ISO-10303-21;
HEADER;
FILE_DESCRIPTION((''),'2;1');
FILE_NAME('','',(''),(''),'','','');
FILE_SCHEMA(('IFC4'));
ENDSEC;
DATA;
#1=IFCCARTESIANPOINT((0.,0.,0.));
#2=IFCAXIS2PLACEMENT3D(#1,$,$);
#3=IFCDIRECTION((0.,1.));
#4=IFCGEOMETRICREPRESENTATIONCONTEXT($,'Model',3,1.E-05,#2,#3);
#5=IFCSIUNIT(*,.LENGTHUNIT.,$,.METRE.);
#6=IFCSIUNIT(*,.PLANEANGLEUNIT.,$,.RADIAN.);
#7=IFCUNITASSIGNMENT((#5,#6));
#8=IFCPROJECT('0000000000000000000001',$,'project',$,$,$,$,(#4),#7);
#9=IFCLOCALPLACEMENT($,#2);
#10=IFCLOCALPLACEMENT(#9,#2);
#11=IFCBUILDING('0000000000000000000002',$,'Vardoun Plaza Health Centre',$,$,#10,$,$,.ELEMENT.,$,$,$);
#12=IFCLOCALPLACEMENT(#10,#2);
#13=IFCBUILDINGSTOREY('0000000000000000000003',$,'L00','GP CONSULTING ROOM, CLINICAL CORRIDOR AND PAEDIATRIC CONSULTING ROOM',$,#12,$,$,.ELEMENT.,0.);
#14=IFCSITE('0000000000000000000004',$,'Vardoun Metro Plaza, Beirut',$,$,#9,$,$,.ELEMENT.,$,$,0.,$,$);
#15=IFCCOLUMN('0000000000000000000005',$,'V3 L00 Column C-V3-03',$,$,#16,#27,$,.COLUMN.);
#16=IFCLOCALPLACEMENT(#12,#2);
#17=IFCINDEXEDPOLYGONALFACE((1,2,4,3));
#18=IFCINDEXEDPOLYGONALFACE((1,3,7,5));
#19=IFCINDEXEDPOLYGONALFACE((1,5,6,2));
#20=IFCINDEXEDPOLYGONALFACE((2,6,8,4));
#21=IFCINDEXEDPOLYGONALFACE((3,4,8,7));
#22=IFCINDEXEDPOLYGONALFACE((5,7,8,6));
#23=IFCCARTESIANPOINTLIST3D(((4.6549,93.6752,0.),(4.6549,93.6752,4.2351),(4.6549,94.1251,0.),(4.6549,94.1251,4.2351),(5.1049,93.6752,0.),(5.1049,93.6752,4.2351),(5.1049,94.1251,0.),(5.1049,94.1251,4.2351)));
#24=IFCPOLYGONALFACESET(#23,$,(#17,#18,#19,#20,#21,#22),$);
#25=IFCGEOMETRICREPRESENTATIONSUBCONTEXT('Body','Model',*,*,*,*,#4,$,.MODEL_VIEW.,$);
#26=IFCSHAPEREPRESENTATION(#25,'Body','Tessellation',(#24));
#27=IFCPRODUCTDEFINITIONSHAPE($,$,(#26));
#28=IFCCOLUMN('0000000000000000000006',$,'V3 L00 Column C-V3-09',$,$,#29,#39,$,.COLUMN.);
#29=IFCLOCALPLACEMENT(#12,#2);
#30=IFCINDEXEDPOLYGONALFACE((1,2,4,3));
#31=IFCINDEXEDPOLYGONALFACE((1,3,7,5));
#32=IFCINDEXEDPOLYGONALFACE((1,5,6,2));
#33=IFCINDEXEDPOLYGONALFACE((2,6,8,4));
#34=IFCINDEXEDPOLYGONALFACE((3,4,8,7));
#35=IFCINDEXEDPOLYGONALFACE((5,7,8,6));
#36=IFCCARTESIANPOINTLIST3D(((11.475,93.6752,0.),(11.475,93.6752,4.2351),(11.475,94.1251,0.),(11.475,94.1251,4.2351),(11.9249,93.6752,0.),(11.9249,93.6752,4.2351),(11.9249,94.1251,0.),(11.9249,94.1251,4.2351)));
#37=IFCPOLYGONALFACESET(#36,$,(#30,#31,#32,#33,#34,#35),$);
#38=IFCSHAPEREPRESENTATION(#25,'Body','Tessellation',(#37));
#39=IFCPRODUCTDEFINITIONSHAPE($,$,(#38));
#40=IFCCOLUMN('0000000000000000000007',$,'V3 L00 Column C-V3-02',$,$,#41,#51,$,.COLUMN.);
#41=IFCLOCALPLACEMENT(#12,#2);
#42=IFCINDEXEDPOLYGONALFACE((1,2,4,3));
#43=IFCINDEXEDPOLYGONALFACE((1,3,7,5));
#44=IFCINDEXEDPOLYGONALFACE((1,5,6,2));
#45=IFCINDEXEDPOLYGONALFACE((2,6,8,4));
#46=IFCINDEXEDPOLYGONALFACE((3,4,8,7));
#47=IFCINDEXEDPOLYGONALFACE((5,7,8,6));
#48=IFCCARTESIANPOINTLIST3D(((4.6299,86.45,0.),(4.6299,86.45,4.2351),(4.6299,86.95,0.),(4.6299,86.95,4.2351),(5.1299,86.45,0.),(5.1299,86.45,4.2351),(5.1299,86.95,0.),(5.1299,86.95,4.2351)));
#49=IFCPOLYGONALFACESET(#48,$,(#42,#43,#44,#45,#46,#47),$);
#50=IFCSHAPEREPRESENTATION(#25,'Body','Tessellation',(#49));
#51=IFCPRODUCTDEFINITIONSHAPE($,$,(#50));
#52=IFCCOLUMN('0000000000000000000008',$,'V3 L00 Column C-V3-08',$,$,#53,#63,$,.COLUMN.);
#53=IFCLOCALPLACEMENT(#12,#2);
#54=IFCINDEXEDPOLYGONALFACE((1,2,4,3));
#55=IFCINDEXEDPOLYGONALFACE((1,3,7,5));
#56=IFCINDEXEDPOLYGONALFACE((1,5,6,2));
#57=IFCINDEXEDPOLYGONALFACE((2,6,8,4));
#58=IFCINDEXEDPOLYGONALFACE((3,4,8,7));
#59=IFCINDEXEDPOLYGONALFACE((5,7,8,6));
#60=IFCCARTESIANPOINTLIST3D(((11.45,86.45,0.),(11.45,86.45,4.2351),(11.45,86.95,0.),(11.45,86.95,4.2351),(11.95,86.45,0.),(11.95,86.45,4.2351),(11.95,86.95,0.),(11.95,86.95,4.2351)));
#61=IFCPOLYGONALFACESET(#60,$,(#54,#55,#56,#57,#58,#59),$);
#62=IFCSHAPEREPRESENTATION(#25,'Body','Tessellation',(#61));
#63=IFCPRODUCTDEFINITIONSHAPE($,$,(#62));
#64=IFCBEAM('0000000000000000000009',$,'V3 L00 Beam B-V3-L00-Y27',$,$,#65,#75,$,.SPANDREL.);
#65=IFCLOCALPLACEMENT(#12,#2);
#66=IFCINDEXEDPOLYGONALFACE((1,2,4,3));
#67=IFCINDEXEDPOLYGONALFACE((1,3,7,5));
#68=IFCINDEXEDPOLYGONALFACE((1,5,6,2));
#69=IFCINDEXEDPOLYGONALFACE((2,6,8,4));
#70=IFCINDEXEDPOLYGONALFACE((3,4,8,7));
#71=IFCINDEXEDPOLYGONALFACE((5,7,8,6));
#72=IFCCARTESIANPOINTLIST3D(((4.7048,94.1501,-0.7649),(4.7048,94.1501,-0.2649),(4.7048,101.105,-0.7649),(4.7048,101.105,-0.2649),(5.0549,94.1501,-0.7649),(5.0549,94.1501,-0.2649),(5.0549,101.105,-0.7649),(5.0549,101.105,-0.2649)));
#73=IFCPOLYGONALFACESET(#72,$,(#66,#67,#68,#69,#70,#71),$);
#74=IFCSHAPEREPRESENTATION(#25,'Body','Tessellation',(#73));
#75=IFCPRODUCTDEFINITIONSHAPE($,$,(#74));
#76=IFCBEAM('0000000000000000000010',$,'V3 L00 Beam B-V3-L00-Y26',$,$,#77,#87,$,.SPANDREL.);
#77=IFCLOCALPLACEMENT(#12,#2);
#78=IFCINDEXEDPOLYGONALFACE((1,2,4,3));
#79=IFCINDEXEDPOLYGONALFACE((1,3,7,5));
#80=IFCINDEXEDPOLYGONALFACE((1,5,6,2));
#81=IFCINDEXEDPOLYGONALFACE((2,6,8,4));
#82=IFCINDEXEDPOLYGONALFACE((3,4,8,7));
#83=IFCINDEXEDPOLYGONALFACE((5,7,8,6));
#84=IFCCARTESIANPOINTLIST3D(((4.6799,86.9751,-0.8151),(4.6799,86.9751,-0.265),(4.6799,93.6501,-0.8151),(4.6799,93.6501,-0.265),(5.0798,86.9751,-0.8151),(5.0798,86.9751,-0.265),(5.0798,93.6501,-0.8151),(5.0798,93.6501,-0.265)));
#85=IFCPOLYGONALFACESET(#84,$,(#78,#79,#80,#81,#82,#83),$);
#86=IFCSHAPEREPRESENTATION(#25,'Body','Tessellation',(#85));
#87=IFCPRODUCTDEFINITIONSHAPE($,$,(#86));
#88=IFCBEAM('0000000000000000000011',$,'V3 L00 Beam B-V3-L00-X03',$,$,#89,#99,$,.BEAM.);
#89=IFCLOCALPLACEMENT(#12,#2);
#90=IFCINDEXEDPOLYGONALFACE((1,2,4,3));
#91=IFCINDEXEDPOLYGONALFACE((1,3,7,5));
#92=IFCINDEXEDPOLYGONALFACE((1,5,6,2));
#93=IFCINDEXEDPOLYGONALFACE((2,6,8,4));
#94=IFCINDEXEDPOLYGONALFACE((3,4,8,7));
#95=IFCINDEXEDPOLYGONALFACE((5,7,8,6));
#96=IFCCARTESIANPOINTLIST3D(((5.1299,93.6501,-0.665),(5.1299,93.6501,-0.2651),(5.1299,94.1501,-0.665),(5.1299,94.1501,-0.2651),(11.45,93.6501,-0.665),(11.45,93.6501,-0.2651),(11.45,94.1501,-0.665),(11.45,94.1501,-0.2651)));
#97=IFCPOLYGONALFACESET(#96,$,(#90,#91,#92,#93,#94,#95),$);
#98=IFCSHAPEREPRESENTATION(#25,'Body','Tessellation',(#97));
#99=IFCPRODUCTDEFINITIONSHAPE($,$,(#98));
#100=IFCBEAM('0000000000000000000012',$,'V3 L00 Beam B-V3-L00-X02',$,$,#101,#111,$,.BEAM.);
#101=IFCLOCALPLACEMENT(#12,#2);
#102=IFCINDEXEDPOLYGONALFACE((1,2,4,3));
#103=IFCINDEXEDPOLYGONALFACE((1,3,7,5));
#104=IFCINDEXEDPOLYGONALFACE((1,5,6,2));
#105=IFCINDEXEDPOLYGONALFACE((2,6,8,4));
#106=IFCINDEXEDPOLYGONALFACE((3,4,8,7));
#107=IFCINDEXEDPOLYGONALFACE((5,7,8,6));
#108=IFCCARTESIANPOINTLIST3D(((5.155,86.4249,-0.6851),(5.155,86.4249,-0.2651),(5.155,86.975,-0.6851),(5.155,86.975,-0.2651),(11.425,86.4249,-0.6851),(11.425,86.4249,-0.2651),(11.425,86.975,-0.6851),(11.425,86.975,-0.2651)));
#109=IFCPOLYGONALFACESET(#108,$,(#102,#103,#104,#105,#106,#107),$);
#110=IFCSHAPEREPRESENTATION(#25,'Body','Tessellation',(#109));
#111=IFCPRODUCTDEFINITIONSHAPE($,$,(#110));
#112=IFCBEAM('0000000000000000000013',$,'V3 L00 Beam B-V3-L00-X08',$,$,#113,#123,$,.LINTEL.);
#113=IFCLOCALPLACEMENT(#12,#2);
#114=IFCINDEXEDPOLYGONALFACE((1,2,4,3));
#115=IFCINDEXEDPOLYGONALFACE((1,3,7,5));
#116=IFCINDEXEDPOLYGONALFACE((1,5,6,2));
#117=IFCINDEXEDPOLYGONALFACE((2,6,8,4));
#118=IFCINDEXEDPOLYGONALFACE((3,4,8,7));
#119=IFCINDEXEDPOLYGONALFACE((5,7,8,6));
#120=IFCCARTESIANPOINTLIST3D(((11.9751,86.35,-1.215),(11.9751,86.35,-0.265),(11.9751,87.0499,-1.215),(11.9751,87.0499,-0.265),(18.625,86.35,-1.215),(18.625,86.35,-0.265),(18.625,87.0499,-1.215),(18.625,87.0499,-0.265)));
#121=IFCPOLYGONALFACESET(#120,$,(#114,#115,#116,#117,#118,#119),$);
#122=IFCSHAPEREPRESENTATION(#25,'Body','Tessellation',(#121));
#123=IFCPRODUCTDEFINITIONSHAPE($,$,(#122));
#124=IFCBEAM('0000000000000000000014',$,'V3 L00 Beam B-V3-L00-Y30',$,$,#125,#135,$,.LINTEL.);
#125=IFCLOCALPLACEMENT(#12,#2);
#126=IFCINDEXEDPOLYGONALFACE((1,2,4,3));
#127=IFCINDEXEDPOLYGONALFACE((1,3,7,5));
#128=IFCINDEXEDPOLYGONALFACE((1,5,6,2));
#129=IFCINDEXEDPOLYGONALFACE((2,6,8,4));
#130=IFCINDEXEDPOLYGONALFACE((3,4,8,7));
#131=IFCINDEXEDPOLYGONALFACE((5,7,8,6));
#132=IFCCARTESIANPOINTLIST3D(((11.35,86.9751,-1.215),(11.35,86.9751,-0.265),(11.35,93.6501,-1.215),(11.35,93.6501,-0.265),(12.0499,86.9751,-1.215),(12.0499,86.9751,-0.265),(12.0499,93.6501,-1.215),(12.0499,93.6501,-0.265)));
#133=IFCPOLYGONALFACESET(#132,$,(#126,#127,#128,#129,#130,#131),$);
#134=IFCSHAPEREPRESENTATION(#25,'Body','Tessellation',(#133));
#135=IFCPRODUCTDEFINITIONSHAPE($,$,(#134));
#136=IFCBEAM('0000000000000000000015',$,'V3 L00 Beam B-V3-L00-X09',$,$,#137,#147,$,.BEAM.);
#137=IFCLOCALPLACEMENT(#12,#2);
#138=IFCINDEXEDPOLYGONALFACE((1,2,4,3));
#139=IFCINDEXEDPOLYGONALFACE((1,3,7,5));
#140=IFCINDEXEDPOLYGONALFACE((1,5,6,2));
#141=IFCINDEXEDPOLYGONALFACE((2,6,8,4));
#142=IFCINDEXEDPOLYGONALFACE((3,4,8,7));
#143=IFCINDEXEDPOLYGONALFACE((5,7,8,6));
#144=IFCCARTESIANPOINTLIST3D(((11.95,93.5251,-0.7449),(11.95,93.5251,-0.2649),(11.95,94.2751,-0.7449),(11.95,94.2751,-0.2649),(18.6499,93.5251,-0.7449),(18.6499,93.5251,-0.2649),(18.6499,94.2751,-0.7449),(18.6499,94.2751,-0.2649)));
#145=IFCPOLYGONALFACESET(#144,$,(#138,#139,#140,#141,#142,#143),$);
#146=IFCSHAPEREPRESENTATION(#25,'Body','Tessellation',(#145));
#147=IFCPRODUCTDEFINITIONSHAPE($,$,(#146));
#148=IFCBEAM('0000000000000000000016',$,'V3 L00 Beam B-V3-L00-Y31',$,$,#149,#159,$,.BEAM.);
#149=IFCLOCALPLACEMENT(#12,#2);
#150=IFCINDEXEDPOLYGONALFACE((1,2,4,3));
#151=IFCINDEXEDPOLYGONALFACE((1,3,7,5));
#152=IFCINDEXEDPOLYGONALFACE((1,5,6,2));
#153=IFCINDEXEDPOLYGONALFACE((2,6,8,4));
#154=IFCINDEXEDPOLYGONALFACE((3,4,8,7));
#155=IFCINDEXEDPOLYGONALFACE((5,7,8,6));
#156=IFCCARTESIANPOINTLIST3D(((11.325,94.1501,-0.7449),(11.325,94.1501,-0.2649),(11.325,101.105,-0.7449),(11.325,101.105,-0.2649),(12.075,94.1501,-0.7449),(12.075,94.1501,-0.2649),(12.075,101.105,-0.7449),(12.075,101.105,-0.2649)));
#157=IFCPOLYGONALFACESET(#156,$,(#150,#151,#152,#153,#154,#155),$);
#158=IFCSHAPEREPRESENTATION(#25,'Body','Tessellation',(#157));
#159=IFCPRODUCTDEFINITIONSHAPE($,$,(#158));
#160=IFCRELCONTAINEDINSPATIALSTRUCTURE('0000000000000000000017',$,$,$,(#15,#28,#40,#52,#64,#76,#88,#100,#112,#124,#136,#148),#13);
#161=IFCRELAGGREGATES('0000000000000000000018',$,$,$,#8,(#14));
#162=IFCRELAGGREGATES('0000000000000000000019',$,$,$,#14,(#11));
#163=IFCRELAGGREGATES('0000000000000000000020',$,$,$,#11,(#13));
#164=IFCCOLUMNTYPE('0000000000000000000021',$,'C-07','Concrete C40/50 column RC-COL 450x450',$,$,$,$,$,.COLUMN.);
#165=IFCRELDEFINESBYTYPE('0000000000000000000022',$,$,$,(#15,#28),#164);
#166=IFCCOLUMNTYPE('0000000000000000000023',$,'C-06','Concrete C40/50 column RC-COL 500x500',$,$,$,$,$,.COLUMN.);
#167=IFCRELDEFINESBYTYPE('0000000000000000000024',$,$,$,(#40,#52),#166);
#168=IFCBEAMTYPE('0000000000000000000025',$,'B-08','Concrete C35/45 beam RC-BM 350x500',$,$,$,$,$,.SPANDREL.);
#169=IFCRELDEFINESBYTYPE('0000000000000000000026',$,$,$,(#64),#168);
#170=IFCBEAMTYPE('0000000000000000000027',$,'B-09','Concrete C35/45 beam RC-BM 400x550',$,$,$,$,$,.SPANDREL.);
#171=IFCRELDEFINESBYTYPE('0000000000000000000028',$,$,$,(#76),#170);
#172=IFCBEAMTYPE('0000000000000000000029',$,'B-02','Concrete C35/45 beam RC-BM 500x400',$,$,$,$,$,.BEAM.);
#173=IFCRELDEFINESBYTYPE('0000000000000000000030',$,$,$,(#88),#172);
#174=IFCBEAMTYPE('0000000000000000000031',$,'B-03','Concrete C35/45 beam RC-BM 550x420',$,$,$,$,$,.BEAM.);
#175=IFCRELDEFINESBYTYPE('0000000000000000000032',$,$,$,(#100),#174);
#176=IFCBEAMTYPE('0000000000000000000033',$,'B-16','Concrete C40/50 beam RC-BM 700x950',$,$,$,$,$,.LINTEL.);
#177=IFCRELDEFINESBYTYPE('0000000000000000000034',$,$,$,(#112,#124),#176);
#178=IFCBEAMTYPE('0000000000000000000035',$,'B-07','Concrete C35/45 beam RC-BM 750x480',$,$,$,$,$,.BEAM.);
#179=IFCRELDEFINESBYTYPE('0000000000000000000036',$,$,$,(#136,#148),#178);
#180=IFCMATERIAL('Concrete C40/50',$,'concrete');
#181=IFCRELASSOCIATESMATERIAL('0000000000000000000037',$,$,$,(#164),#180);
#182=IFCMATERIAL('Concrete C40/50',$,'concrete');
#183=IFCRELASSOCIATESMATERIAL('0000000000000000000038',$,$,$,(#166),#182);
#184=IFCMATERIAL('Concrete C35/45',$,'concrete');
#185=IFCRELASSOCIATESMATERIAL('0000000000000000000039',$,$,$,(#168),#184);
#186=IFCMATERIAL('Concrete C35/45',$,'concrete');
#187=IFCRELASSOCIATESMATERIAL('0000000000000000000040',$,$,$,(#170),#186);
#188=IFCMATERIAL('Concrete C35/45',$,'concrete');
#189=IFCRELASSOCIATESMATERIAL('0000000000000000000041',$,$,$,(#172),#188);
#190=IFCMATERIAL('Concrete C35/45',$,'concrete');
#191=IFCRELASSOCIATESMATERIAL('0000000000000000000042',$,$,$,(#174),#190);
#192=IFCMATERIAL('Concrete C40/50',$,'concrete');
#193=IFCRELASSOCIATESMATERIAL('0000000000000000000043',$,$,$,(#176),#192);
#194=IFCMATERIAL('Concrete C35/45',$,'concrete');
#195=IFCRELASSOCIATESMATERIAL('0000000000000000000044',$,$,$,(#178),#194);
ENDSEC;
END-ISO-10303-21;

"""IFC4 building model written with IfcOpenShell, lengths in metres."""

from ifc_helpers import new_model, si_unit, direction, frame, origin, origin_2d, place, context, subcontext, project, spatial, rectangle, extrude, material, material_profile, profile_set, type_object, element, save


model = new_model("IFC4")

# Units and contexts
model_context = context("Model", 3, precision=1e-05, world=origin(), true_north=direction((0.0, 1.0)))
body_context = subcontext(model_context, "Body", "Model", "MODEL_VIEW")
ifc_project = project(units=[si_unit("LENGTHUNIT", "METRE"), si_unit("PLANEANGLEUNIT", "RADIAN")], contexts=[model_context])

# Site, building, storey
site_placement = place(None, origin())
site = spatial("IfcSite", under=ifc_project, at=site_placement, Name="Vardoun Metro Plaza, Beirut", CompositionType="ELEMENT", RefElevation=0.0)
building_placement = place(site_placement, origin())
building = spatial("IfcBuilding", under=site, at=building_placement, Name="Vardoun Plaza Health Centre", CompositionType="ELEMENT")
storey_placement = place(building_placement, origin())
storey = spatial("IfcBuildingStorey", under=building, at=storey_placement, Name="L00", Description="GP CONSULTING ROOM, CLINICAL CORRIDOR AND PAEDIATRIC CONSULTING ROOM", CompositionType="ELEMENT", Elevation=0.0)

# Columns
ifc_material_1 = material(Name="Concrete C40/50", Category="concrete")
ifc_material_profile_1 = material_profile(ifc_material_1, rectangle(XDim=0.45, YDim=0.45, at=origin_2d()), Name="RC-COL 450x450")
ifc_profile_set_1 = profile_set([ifc_material_profile_1], Name="Concrete C40/50")
column_type_1 = type_object("IfcColumnType", Name="C-07", Description="Concrete C40/50 column RC-COL 450x450", PredefinedType="COLUMN", material=ifc_profile_set_1)
for number, where, z_axis, x_axis, name in (
    (1, (4.8799, 93.9001, 0.0), (0.0, 0.0, 1.0), (1.0, 0.0, 0.0), "V3 L00 Column C-V3-03"),
    (2, (11.7, 93.9001, 0.0), (0.0, 0.0, 1.0), (1.0, 0.0, 0.0), "V3 L00 Column C-V3-09"),
):
    element("IfcColumn", number, at=place(storey_placement, frame(where, z_axis=z_axis, x_axis=x_axis)), inside=storey, type_object=column_type_1, Name=name, PredefinedType="COLUMN", context=body_context, shape_type="SweptSolid", body=[
        extrude(rectangle(XDim=0.45, YDim=0.45, at=origin_2d()), origin(), (0.0, 0.0, 1.0), 4.2351),
    ])
ifc_material_2 = material(Name="Concrete C40/50", Category="concrete")
ifc_material_profile_2 = material_profile(ifc_material_2, rectangle(XDim=0.5, YDim=0.5, at=origin_2d()), Name="RC-COL 500x500")
ifc_profile_set_2 = profile_set([ifc_material_profile_2], Name="Concrete C40/50")
column_type_2 = type_object("IfcColumnType", Name="C-06", Description="Concrete C40/50 column RC-COL 500x500", PredefinedType="COLUMN", material=ifc_profile_set_2)
for number, where, z_axis, x_axis, name in (
    (3, (4.8799, 86.7, 0.0), (0.0, 0.0, 1.0), (1.0, 0.0, 0.0), "V3 L00 Column C-V3-02"),
    (4, (11.7, 86.7, 0.0), (0.0, 0.0, 1.0), (1.0, 0.0, 0.0), "V3 L00 Column C-V3-08"),
):
    element("IfcColumn", number, at=place(storey_placement, frame(where, z_axis=z_axis, x_axis=x_axis)), inside=storey, type_object=column_type_2, Name=name, PredefinedType="COLUMN", context=body_context, shape_type="SweptSolid", body=[
        extrude(rectangle(XDim=0.5, YDim=0.5, at=origin_2d()), origin(), (0.0, 0.0, 1.0), 4.2351),
    ])

# Beams
ifc_material_3 = material(Name="Concrete C35/45", Category="concrete")
ifc_material_profile_3 = material_profile(ifc_material_3, rectangle(XDim=0.3501, YDim=0.5, at=origin_2d()), Name="RC-BM 350x500")
ifc_profile_set_3 = profile_set([ifc_material_profile_3], Name="Concrete C35/45")
beam_type_1 = type_object("IfcBeamType", Name="B-08", Description="Concrete C35/45 beam RC-BM 350x500", PredefinedType="SPANDREL", material=ifc_profile_set_3)
beam_1_placement = place(storey_placement, frame((4.8799, 94.1501, -0.5149), z_axis=(0.0, 1.0, 0.0), x_axis=(-1.0, 0.0, 0.0)))
element("IfcBeam", 5, at=beam_1_placement, inside=storey, type_object=beam_type_1, Name="V3 L00 Beam B-V3-L00-Y27", PredefinedType="SPANDREL", context=body_context, shape_type="SweptSolid", body=[
    extrude(rectangle(XDim=0.3501, YDim=0.5, at=origin_2d()), origin(), (0.0, 0.0, 1.0), 6.9548),
])
ifc_material_4 = material(Name="Concrete C35/45", Category="concrete")
ifc_material_profile_4 = material_profile(ifc_material_4, rectangle(XDim=0.3999, YDim=0.55, at=origin_2d()), Name="RC-BM 400x550")
ifc_profile_set_4 = profile_set([ifc_material_profile_4], Name="Concrete C35/45")
beam_type_2 = type_object("IfcBeamType", Name="B-09", Description="Concrete C35/45 beam RC-BM 400x550", PredefinedType="SPANDREL", material=ifc_profile_set_4)
beam_2_placement = place(storey_placement, frame((4.8799, 86.9751, -0.54), z_axis=(0.0, 1.0, 0.0), x_axis=(-1.0, 0.0, 0.0)))
element("IfcBeam", 6, at=beam_2_placement, inside=storey, type_object=beam_type_2, Name="V3 L00 Beam B-V3-L00-Y26", PredefinedType="SPANDREL", context=body_context, shape_type="SweptSolid", body=[
    extrude(rectangle(XDim=0.3999, YDim=0.55, at=origin_2d()), origin(), (0.0, 0.0, 1.0), 6.675),
])
ifc_material_5 = material(Name="Concrete C35/45", Category="concrete")
ifc_material_profile_5 = material_profile(ifc_material_5, rectangle(XDim=0.5, YDim=0.3999, at=origin_2d()), Name="RC-BM 500x400")
ifc_profile_set_5 = profile_set([ifc_material_profile_5], Name="Concrete C35/45")
beam_type_3 = type_object("IfcBeamType", Name="B-02", Description="Concrete C35/45 beam RC-BM 500x400", PredefinedType="BEAM", material=ifc_profile_set_5)
beam_3_placement = place(storey_placement, frame((5.1299, 93.9001, -0.4651), z_axis=(1.0, 0.0, 0.0), x_axis=(0.0, 1.0, 0.0)))
element("IfcBeam", 7, at=beam_3_placement, inside=storey, type_object=beam_type_3, Name="V3 L00 Beam B-V3-L00-X03", PredefinedType="BEAM", context=body_context, shape_type="SweptSolid", body=[
    extrude(rectangle(XDim=0.5, YDim=0.3999, at=origin_2d()), origin(), (0.0, 0.0, 1.0), 6.3201),
])
ifc_material_6 = material(Name="Concrete C35/45", Category="concrete")
ifc_material_profile_6 = material_profile(ifc_material_6, rectangle(XDim=0.55, YDim=0.4199, at=origin_2d()), Name="RC-BM 550x420")
ifc_profile_set_6 = profile_set([ifc_material_profile_6], Name="Concrete C35/45")
beam_type_4 = type_object("IfcBeamType", Name="B-03", Description="Concrete C35/45 beam RC-BM 550x420", PredefinedType="BEAM", material=ifc_profile_set_6)
beam_4_placement = place(storey_placement, frame((5.155, 86.7, -0.4751), z_axis=(1.0, 0.0, 0.0), x_axis=(0.0, 1.0, 0.0)))
element("IfcBeam", 8, at=beam_4_placement, inside=storey, type_object=beam_type_4, Name="V3 L00 Beam B-V3-L00-X02", PredefinedType="BEAM", context=body_context, shape_type="SweptSolid", body=[
    extrude(rectangle(XDim=0.55, YDim=0.4199, at=origin_2d()), origin(), (0.0, 0.0, 1.0), 6.27),
])
ifc_material_7 = material(Name="Concrete C40/50", Category="concrete")
ifc_material_profile_7 = material_profile(ifc_material_7, rectangle(XDim=0.7, YDim=0.95, at=origin_2d()), Name="RC-BM 700x950")
ifc_profile_set_7 = profile_set([ifc_material_profile_7], Name="Concrete C40/50")
beam_type_5 = type_object("IfcBeamType", Name="B-16", Description="Concrete C40/50 beam RC-BM 700x950", PredefinedType="LINTEL", material=ifc_profile_set_7)
beam_5_placement = place(storey_placement, frame((11.9751, 86.7, -0.74), z_axis=(1.0, 0.0, 0.0), x_axis=(0.0, 1.0, 0.0)))
element("IfcBeam", 9, at=beam_5_placement, inside=storey, type_object=beam_type_5, Name="V3 L00 Beam B-V3-L00-X08", PredefinedType="LINTEL", context=body_context, shape_type="SweptSolid", body=[
    extrude(rectangle(XDim=0.7, YDim=0.95, at=origin_2d()), origin(), (0.0, 0.0, 1.0), 6.6499),
])
beam_6_placement = place(storey_placement, frame((11.7, 86.9751, -0.74), z_axis=(0.0, 1.0, 0.0), x_axis=(-1.0, 0.0, 0.0)))
element("IfcBeam", 10, at=beam_6_placement, inside=storey, type_object=beam_type_5, Name="V3 L00 Beam B-V3-L00-Y30", PredefinedType="LINTEL", context=body_context, shape_type="SweptSolid", body=[
    extrude(rectangle(XDim=0.7, YDim=0.95, at=origin_2d()), origin(), (0.0, 0.0, 1.0), 6.675),
])
ifc_material_8 = material(Name="Concrete C35/45", Category="concrete")
ifc_material_profile_8 = material_profile(ifc_material_8, rectangle(XDim=0.75, YDim=0.48, at=origin_2d()), Name="RC-BM 750x480")
ifc_profile_set_8 = profile_set([ifc_material_profile_8], Name="Concrete C35/45")
beam_type_6 = type_object("IfcBeamType", Name="B-07", Description="Concrete C35/45 beam RC-BM 750x480", PredefinedType="BEAM", material=ifc_profile_set_8)
beam_7_placement = place(storey_placement, frame((11.95, 93.9001, -0.5049), z_axis=(1.0, 0.0, 0.0), x_axis=(0.0, 1.0, 0.0)))
element("IfcBeam", 11, at=beam_7_placement, inside=storey, type_object=beam_type_6, Name="V3 L00 Beam B-V3-L00-X09", PredefinedType="BEAM", context=body_context, shape_type="SweptSolid", body=[
    extrude(rectangle(XDim=0.75, YDim=0.48, at=origin_2d()), origin(), (0.0, 0.0, 1.0), 6.7),
])
beam_8_placement = place(storey_placement, frame((11.7, 94.1501, -0.5049), z_axis=(0.0, 1.0, 0.0), x_axis=(-1.0, 0.0, 0.0)))
element("IfcBeam", 12, at=beam_8_placement, inside=storey, type_object=beam_type_6, Name="V3 L00 Beam B-V3-L00-Y31", PredefinedType="BEAM", context=body_context, shape_type="SweptSolid", body=[
    extrude(rectangle(XDim=0.75, YDim=0.48, at=origin_2d()), origin(), (0.0, 0.0, 1.0), 6.9548),
])

save(model, "model.ifc")
